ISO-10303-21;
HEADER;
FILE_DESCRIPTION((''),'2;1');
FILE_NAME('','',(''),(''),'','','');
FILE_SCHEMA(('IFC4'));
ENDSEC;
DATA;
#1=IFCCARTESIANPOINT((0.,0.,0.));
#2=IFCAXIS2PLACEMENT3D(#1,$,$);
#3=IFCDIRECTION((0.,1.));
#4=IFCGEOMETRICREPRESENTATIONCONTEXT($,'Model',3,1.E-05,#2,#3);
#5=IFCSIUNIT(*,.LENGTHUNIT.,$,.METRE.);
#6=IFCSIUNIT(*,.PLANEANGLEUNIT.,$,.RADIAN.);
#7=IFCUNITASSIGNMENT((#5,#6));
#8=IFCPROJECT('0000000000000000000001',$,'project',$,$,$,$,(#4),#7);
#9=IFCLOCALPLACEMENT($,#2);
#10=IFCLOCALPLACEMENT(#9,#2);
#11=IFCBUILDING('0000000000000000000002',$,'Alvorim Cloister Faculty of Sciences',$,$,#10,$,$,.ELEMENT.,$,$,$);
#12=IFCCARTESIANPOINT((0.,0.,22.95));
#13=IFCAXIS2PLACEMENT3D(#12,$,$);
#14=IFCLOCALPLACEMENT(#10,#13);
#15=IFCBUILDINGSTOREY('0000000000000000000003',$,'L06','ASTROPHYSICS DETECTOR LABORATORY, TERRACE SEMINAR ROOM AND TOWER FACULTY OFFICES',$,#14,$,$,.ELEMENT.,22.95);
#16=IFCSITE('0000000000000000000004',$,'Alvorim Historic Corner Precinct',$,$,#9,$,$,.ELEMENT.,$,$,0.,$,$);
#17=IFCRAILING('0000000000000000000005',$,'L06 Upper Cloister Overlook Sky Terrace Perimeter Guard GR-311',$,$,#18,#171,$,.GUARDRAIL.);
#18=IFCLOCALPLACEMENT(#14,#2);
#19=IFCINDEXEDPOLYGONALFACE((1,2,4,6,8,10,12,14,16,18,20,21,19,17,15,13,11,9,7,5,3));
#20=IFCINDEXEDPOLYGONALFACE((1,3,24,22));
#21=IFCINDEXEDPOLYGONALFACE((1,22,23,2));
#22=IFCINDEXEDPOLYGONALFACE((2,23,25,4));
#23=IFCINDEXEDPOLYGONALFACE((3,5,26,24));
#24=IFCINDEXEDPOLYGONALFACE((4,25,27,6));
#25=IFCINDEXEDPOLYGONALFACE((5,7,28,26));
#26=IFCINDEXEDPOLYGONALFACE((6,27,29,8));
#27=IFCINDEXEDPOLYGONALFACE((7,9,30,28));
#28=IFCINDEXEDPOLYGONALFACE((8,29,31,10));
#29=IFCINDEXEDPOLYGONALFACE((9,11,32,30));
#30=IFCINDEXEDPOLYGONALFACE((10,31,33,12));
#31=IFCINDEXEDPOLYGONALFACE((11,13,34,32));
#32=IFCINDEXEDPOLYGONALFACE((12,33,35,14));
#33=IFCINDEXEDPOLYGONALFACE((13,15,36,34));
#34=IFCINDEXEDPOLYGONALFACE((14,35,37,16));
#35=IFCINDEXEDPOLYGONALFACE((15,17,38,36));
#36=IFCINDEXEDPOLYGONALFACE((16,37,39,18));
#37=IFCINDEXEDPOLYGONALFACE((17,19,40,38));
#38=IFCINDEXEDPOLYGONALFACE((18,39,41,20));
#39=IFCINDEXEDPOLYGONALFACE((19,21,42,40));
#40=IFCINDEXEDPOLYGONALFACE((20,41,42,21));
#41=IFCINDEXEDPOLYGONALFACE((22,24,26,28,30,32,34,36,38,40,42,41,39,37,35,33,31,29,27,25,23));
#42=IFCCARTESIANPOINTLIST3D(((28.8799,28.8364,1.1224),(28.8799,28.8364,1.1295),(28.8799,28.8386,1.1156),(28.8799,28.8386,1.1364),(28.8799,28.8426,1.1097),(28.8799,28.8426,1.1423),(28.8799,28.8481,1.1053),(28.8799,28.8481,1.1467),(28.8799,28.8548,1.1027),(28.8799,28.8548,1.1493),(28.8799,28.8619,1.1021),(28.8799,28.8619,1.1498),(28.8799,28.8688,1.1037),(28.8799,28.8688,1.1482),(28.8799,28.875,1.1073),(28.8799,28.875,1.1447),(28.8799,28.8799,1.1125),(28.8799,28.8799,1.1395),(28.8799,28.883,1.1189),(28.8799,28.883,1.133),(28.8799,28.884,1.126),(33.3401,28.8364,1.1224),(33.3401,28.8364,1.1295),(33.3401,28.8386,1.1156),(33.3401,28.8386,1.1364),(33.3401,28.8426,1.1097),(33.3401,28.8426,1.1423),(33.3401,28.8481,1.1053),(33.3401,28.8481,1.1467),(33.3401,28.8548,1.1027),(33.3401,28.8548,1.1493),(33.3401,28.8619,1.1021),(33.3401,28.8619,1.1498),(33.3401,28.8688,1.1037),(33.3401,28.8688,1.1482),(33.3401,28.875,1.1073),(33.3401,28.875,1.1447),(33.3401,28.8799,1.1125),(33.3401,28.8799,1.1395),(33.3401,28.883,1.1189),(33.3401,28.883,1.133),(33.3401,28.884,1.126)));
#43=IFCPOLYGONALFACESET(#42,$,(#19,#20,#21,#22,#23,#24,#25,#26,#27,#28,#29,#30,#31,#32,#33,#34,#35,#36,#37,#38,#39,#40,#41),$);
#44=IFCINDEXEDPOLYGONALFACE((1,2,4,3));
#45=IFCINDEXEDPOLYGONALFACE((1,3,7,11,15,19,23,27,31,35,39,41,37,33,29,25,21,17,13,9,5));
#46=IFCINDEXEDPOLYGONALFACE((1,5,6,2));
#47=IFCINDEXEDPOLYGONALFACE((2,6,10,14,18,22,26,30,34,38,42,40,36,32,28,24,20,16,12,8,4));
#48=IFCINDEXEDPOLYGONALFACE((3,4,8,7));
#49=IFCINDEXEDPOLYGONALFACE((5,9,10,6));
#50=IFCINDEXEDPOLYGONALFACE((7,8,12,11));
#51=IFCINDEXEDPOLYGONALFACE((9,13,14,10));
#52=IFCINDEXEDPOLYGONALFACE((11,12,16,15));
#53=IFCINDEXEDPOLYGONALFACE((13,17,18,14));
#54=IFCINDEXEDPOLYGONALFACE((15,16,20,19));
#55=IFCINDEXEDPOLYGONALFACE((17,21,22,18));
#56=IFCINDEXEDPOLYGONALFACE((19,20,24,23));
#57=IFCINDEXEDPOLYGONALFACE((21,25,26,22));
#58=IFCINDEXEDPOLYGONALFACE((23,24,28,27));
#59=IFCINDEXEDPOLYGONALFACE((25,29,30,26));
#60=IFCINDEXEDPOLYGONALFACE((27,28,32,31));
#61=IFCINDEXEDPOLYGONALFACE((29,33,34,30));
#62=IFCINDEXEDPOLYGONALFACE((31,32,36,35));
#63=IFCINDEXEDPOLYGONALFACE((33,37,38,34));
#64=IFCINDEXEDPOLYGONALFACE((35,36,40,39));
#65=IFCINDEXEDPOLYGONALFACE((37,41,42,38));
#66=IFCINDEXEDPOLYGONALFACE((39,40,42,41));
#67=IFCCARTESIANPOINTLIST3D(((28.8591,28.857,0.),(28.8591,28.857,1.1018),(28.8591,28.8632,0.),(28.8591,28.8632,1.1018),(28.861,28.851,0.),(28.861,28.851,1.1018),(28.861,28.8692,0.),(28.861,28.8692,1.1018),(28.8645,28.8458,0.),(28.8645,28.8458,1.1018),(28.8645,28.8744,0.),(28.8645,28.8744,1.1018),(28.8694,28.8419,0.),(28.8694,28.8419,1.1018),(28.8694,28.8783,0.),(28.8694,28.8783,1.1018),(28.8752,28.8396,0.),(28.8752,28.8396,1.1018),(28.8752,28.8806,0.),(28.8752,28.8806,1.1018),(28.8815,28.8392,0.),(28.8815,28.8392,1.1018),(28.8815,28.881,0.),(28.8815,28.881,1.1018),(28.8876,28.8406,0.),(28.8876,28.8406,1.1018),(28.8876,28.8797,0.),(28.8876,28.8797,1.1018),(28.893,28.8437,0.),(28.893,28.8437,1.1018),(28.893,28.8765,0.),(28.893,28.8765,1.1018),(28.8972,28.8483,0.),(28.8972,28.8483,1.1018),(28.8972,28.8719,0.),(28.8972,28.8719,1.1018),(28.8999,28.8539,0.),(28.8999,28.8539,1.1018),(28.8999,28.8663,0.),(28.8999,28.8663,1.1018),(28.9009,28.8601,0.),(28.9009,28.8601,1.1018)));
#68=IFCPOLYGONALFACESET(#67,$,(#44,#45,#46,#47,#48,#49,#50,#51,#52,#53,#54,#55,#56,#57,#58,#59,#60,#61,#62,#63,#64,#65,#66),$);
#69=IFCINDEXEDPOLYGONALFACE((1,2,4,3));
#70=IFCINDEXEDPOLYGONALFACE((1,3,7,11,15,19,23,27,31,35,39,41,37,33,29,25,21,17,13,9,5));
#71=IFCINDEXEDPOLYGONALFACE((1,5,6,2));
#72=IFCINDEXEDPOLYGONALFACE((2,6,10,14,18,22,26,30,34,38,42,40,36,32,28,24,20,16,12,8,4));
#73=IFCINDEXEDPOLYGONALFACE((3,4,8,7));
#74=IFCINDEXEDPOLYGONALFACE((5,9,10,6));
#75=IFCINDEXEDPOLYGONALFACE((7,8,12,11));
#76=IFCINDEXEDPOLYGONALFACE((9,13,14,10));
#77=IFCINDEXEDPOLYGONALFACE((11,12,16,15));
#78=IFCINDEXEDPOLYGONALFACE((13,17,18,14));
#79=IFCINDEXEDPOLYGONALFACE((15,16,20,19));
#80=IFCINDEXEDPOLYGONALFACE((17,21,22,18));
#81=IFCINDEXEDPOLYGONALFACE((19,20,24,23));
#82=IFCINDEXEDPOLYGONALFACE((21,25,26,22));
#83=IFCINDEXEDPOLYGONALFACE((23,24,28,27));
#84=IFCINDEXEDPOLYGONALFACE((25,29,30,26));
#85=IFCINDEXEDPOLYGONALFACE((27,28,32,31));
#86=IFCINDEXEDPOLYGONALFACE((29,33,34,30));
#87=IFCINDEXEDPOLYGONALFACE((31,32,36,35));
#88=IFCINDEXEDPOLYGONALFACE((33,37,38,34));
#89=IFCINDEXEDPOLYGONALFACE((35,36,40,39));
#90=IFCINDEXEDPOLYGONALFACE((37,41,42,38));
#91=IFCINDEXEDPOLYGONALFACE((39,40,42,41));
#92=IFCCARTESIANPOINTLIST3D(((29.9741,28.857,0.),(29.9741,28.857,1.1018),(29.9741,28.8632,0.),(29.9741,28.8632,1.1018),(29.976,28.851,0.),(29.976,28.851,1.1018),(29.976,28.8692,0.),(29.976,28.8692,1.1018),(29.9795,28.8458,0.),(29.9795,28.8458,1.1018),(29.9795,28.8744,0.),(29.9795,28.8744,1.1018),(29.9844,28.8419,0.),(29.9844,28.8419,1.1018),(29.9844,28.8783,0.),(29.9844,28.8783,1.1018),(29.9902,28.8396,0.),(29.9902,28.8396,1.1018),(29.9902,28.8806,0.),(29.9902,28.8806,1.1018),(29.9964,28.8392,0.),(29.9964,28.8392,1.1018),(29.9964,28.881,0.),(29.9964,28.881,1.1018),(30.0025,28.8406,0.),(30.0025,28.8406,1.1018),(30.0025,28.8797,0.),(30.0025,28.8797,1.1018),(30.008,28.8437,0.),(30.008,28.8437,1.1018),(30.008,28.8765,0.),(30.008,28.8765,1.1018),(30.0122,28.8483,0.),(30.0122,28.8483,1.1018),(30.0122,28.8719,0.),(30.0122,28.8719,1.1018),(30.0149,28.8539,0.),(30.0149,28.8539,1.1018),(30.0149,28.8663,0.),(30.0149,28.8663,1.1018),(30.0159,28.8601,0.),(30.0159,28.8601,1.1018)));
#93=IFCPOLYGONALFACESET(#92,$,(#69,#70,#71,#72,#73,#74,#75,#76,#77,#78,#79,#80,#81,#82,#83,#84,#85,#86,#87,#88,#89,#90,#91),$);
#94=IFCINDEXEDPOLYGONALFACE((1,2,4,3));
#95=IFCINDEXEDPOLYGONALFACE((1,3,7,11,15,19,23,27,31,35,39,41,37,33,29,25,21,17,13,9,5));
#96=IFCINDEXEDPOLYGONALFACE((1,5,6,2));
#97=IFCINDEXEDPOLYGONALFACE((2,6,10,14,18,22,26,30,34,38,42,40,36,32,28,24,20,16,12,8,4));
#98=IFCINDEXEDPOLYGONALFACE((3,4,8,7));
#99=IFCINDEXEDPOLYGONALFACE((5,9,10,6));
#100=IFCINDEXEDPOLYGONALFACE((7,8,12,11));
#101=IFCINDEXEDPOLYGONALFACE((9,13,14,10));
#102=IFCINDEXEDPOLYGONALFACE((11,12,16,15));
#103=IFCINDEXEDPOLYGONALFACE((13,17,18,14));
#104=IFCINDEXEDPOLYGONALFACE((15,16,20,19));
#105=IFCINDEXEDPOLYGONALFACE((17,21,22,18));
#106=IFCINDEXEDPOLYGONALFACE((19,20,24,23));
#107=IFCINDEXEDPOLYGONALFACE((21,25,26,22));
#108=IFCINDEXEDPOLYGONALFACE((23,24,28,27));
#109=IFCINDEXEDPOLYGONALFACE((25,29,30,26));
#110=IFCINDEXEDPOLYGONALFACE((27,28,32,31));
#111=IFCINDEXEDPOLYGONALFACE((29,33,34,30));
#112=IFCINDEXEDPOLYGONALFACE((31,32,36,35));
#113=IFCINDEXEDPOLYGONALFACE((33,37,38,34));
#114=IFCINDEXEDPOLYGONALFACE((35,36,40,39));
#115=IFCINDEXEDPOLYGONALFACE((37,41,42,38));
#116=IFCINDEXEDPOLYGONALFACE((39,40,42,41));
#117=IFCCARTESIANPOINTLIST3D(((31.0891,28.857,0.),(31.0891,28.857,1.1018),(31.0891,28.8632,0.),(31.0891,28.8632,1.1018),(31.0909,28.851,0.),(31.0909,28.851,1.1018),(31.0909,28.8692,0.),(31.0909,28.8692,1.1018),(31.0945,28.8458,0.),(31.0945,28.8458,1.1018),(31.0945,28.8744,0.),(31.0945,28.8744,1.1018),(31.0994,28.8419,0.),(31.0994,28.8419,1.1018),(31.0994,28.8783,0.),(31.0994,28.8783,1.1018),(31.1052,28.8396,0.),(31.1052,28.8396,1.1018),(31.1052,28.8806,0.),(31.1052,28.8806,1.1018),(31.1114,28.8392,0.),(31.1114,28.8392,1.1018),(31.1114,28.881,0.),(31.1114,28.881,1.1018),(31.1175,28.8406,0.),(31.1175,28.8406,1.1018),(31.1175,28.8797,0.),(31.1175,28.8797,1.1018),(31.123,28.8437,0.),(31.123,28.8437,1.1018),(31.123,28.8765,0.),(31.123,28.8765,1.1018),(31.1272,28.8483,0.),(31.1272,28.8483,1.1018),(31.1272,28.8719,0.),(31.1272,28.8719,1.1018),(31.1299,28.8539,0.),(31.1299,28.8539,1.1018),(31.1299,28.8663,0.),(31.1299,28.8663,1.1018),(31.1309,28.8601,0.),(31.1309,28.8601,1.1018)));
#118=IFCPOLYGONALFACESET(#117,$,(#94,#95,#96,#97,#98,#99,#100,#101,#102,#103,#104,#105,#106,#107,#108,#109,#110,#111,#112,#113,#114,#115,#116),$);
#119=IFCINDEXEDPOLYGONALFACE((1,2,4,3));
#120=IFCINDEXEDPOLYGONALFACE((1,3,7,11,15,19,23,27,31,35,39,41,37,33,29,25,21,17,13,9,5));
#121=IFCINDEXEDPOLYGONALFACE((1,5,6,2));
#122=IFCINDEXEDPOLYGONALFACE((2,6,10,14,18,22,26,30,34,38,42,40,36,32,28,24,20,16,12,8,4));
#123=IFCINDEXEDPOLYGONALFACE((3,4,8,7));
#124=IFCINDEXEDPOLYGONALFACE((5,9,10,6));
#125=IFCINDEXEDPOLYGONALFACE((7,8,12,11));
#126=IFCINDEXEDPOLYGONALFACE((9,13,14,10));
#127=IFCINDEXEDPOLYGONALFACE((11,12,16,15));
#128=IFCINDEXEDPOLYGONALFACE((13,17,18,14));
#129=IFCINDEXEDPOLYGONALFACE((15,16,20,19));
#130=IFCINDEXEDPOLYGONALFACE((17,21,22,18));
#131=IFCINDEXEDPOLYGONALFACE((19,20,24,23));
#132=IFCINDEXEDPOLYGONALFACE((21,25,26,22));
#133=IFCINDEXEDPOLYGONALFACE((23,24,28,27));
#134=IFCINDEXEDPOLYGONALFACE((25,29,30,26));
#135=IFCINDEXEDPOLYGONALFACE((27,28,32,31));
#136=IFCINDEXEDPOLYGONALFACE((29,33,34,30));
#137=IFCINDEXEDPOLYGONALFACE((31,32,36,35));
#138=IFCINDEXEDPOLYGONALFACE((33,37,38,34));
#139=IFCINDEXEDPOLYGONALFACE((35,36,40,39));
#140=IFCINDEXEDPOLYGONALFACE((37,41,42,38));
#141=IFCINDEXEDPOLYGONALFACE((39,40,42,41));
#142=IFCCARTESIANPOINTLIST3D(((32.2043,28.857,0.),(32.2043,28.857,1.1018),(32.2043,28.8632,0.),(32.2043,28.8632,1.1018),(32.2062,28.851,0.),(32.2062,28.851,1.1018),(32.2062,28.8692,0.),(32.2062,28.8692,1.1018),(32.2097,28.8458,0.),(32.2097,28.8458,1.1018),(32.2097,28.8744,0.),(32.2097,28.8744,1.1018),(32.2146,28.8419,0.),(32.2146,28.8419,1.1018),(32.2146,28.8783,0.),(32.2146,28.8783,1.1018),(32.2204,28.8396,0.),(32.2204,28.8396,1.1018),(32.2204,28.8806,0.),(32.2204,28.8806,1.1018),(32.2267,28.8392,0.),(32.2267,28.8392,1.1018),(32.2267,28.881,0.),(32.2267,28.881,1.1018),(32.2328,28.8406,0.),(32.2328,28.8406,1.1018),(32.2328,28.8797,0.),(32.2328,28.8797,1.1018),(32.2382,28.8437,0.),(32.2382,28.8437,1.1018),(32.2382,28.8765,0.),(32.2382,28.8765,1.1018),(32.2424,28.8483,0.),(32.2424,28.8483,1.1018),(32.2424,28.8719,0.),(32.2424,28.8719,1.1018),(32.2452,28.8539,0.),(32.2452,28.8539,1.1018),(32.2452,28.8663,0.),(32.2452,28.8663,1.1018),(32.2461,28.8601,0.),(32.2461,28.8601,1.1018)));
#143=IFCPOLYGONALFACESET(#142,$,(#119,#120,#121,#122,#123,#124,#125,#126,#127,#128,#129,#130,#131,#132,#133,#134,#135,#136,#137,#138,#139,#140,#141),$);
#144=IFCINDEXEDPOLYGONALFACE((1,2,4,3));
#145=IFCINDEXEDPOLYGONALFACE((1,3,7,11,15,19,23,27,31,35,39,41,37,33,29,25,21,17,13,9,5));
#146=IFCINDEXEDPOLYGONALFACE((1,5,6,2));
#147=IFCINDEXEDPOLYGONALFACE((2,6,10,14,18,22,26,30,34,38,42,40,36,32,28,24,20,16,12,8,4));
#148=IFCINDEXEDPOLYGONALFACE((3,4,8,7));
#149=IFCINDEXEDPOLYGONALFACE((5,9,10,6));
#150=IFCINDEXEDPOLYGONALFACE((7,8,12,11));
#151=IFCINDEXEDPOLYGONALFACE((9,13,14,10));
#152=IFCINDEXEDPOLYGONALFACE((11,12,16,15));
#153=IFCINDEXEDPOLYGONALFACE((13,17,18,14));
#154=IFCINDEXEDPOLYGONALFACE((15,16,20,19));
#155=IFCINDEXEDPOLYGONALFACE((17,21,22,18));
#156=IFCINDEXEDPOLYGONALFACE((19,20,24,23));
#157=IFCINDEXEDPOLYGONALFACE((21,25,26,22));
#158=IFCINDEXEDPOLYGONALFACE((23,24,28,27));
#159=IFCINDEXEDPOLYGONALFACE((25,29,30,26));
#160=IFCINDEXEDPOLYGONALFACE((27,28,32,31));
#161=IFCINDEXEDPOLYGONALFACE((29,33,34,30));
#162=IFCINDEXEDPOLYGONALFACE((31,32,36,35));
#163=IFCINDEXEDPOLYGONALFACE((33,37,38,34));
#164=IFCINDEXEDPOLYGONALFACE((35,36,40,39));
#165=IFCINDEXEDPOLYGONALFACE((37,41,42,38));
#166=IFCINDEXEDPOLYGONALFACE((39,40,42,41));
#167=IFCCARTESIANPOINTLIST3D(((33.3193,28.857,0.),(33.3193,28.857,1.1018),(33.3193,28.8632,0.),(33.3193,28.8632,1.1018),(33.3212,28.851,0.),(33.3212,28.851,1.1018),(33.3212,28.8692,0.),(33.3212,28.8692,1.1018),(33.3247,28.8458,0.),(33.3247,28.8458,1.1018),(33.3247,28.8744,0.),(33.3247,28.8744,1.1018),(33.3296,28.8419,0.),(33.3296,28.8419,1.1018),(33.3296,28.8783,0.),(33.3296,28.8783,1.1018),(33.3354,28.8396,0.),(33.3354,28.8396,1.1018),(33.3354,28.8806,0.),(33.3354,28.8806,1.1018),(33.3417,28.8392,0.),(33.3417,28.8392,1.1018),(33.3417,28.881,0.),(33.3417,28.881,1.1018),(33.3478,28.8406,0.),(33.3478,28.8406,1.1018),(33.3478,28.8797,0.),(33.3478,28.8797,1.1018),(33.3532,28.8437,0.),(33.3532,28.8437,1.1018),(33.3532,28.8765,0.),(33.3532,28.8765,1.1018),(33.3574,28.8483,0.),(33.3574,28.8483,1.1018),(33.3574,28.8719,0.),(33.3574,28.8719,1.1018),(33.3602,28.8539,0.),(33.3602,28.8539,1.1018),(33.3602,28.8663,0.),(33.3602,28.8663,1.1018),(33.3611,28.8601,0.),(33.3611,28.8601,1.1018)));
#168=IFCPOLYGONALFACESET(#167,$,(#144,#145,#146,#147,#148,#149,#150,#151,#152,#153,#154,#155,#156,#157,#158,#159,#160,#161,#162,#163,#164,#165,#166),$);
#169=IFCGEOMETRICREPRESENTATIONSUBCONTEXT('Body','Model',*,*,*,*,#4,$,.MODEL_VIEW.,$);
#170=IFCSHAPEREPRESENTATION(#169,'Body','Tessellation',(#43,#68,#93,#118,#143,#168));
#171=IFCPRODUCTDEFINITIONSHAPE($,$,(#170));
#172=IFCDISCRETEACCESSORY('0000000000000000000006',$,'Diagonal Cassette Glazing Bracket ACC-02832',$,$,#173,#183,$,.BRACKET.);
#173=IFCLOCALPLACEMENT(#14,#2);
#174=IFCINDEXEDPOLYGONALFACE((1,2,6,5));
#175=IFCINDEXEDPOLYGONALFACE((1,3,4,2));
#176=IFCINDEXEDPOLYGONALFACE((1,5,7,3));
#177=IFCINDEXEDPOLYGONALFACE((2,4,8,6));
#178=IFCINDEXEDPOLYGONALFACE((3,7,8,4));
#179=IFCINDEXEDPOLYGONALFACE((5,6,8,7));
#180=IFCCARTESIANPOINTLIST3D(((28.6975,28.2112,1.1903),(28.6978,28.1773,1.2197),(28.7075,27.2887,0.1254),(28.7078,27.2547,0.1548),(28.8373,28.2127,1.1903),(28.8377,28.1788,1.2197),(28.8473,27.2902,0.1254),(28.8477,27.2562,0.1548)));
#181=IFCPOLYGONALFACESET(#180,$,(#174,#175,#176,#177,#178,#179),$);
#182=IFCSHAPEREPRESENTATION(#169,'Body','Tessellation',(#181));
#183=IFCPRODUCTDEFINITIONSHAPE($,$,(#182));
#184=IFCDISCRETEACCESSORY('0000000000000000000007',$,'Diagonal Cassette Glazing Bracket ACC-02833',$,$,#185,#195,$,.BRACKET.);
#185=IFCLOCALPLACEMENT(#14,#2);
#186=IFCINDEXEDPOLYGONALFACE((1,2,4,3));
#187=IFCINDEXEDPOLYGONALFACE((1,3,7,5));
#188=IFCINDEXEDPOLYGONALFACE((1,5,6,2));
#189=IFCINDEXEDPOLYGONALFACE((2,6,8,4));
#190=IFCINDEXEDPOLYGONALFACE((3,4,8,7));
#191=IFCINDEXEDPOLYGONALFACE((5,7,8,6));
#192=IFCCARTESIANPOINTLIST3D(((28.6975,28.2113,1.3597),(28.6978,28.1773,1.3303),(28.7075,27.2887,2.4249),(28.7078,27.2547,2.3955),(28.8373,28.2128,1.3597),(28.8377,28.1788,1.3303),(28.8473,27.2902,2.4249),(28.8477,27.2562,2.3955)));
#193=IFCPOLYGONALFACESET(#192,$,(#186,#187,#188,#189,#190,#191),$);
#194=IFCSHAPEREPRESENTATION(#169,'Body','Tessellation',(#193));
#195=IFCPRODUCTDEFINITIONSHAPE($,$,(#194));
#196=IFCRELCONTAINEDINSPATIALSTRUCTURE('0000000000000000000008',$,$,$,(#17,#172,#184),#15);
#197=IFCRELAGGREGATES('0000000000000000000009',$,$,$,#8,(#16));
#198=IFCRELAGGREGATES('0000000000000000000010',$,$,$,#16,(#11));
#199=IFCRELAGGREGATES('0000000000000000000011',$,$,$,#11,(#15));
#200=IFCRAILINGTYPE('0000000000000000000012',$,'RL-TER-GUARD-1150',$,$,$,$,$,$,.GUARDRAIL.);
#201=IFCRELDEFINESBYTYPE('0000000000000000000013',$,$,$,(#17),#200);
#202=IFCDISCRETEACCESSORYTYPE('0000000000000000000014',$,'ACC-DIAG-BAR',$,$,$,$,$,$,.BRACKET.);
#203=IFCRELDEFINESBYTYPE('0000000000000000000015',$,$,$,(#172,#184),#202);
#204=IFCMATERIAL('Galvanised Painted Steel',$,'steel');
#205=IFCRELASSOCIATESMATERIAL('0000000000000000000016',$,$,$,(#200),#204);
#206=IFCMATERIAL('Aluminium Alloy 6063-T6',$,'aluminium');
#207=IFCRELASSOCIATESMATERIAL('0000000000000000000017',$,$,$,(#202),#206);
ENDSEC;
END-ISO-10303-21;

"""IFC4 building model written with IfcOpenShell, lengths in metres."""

from ifc_helpers import new_model, si_unit, direction, frame, origin, origin_2d, place, context, subcontext, project, spatial, rectangle, circle, extrude, material, type_object, element, save


model = new_model("IFC4")

# Units and contexts
model_context = context("Model", 3, precision=1e-05, world=origin(), true_north=direction((0.0, 1.0)))
body_context = subcontext(model_context, "Body", "Model", "MODEL_VIEW")
ifc_project = project(units=[si_unit("LENGTHUNIT", "METRE"), si_unit("PLANEANGLEUNIT", "RADIAN")], contexts=[model_context])

# Site, building, storey
site_placement = place(None, origin())
site = spatial("IfcSite", under=ifc_project, at=site_placement, Name="Alvorim Historic Corner Precinct", CompositionType="ELEMENT", RefElevation=0.0)
building_placement = place(site_placement, origin())
building = spatial("IfcBuilding", under=site, at=building_placement, Name="Alvorim Cloister Faculty of Sciences", CompositionType="ELEMENT")
storey_placement = place(building_placement, frame((0.0, 0.0, 22.95)))
storey = spatial("IfcBuildingStorey", under=building, at=storey_placement, Name="L06", Description="ASTROPHYSICS DETECTOR LABORATORY, TERRACE SEMINAR ROOM AND TOWER FACULTY OFFICES", CompositionType="ELEMENT", Elevation=22.95)

# Shared definitions
ifc_material_1 = material(Name="Aluminium Alloy 6063-T6", Category="aluminium")

# Railing
ifc_material_2 = material(Name="Galvanised Painted Steel", Category="steel")
railing_type_1 = type_object("IfcRailingType", Name="RL-TER-GUARD-1150", PredefinedType="GUARDRAIL", material=ifc_material_2)
railing_1_placement = place(storey_placement, frame((28.8799, 28.8601, 0.0)))
element("IfcRailing", 1, at=railing_1_placement, inside=storey, type_object=railing_type_1, Name="L06 Upper Cloister Overlook Sky Terrace Perimeter Guard GR-311", PredefinedType="GUARDRAIL", context=body_context, shape_type="SweptSolid", body=[
    extrude(circle(Radius=0.0239, at=origin_2d()), frame((0.0, 0.0, 1.126), z_axis=(1.0, 0.0, 0.0), x_axis=(0.0, 1.0, 0.0)), (0.0, 0.0, 1.0), 4.4602),
    extrude(circle(Radius=0.021, at=origin_2d()), origin(), (0.0, 0.0, 1.0), 1.1018),
    extrude(circle(Radius=0.021, at=origin_2d()), frame((1.115, 0.0, 0.0)), (0.0, 0.0, 1.0), 1.1018),
    extrude(circle(Radius=0.021, at=origin_2d()), frame((2.23, 0.0, 0.0)), (0.0, 0.0, 1.0), 1.1018),
    extrude(circle(Radius=0.021, at=origin_2d()), frame((3.3452, 0.0, 0.0)), (0.0, 0.0, 1.0), 1.1018),
    extrude(circle(Radius=0.021, at=origin_2d()), frame((4.4602, 0.0, 0.0)), (0.0, 0.0, 1.0), 1.1018),
])

# Discrete accessories
discrete_accessory_type = type_object("IfcDiscreteAccessoryType", Name="ACC-DIAG-BAR", PredefinedType="BRACKET", material=ifc_material_1)
discrete_accessory_1_placement = place(storey_placement, frame((28.7776, 27.2725, 0.1401), z_axis=(-0.007104, 0.654775, 0.75579), x_axis=(-0.999941, -0.010849, 0.0)))
element("IfcDiscreteAccessory", 2, at=discrete_accessory_1_placement, inside=storey, type_object=discrete_accessory_type, Name="Diagonal Cassette Glazing Bracket ACC-02832", PredefinedType="BRACKET", context=body_context, shape_type="SweptSolid", body=[
    extrude(rectangle(XDim=0.1399, YDim=0.0449, at=origin_2d()), origin(), (0.0, 0.0, 1.0), 1.4089),
])
discrete_accessory_2_placement = place(storey_placement, frame((28.7776, 27.2725, 2.4102), z_axis=(-0.007103, 0.65469, -0.755864), x_axis=(-0.999941, -0.010849, 0.0)))
element("IfcDiscreteAccessory", 3, at=discrete_accessory_2_placement, inside=storey, type_object=discrete_accessory_type, Name="Diagonal Cassette Glazing Bracket ACC-02833", PredefinedType="BRACKET", context=body_context, shape_type="SweptSolid", body=[
    extrude(rectangle(XDim=0.1399, YDim=0.0449, at=origin_2d()), origin(), (0.0, 0.0, 1.0), 1.4092),
])

save(model, "model.ifc")
